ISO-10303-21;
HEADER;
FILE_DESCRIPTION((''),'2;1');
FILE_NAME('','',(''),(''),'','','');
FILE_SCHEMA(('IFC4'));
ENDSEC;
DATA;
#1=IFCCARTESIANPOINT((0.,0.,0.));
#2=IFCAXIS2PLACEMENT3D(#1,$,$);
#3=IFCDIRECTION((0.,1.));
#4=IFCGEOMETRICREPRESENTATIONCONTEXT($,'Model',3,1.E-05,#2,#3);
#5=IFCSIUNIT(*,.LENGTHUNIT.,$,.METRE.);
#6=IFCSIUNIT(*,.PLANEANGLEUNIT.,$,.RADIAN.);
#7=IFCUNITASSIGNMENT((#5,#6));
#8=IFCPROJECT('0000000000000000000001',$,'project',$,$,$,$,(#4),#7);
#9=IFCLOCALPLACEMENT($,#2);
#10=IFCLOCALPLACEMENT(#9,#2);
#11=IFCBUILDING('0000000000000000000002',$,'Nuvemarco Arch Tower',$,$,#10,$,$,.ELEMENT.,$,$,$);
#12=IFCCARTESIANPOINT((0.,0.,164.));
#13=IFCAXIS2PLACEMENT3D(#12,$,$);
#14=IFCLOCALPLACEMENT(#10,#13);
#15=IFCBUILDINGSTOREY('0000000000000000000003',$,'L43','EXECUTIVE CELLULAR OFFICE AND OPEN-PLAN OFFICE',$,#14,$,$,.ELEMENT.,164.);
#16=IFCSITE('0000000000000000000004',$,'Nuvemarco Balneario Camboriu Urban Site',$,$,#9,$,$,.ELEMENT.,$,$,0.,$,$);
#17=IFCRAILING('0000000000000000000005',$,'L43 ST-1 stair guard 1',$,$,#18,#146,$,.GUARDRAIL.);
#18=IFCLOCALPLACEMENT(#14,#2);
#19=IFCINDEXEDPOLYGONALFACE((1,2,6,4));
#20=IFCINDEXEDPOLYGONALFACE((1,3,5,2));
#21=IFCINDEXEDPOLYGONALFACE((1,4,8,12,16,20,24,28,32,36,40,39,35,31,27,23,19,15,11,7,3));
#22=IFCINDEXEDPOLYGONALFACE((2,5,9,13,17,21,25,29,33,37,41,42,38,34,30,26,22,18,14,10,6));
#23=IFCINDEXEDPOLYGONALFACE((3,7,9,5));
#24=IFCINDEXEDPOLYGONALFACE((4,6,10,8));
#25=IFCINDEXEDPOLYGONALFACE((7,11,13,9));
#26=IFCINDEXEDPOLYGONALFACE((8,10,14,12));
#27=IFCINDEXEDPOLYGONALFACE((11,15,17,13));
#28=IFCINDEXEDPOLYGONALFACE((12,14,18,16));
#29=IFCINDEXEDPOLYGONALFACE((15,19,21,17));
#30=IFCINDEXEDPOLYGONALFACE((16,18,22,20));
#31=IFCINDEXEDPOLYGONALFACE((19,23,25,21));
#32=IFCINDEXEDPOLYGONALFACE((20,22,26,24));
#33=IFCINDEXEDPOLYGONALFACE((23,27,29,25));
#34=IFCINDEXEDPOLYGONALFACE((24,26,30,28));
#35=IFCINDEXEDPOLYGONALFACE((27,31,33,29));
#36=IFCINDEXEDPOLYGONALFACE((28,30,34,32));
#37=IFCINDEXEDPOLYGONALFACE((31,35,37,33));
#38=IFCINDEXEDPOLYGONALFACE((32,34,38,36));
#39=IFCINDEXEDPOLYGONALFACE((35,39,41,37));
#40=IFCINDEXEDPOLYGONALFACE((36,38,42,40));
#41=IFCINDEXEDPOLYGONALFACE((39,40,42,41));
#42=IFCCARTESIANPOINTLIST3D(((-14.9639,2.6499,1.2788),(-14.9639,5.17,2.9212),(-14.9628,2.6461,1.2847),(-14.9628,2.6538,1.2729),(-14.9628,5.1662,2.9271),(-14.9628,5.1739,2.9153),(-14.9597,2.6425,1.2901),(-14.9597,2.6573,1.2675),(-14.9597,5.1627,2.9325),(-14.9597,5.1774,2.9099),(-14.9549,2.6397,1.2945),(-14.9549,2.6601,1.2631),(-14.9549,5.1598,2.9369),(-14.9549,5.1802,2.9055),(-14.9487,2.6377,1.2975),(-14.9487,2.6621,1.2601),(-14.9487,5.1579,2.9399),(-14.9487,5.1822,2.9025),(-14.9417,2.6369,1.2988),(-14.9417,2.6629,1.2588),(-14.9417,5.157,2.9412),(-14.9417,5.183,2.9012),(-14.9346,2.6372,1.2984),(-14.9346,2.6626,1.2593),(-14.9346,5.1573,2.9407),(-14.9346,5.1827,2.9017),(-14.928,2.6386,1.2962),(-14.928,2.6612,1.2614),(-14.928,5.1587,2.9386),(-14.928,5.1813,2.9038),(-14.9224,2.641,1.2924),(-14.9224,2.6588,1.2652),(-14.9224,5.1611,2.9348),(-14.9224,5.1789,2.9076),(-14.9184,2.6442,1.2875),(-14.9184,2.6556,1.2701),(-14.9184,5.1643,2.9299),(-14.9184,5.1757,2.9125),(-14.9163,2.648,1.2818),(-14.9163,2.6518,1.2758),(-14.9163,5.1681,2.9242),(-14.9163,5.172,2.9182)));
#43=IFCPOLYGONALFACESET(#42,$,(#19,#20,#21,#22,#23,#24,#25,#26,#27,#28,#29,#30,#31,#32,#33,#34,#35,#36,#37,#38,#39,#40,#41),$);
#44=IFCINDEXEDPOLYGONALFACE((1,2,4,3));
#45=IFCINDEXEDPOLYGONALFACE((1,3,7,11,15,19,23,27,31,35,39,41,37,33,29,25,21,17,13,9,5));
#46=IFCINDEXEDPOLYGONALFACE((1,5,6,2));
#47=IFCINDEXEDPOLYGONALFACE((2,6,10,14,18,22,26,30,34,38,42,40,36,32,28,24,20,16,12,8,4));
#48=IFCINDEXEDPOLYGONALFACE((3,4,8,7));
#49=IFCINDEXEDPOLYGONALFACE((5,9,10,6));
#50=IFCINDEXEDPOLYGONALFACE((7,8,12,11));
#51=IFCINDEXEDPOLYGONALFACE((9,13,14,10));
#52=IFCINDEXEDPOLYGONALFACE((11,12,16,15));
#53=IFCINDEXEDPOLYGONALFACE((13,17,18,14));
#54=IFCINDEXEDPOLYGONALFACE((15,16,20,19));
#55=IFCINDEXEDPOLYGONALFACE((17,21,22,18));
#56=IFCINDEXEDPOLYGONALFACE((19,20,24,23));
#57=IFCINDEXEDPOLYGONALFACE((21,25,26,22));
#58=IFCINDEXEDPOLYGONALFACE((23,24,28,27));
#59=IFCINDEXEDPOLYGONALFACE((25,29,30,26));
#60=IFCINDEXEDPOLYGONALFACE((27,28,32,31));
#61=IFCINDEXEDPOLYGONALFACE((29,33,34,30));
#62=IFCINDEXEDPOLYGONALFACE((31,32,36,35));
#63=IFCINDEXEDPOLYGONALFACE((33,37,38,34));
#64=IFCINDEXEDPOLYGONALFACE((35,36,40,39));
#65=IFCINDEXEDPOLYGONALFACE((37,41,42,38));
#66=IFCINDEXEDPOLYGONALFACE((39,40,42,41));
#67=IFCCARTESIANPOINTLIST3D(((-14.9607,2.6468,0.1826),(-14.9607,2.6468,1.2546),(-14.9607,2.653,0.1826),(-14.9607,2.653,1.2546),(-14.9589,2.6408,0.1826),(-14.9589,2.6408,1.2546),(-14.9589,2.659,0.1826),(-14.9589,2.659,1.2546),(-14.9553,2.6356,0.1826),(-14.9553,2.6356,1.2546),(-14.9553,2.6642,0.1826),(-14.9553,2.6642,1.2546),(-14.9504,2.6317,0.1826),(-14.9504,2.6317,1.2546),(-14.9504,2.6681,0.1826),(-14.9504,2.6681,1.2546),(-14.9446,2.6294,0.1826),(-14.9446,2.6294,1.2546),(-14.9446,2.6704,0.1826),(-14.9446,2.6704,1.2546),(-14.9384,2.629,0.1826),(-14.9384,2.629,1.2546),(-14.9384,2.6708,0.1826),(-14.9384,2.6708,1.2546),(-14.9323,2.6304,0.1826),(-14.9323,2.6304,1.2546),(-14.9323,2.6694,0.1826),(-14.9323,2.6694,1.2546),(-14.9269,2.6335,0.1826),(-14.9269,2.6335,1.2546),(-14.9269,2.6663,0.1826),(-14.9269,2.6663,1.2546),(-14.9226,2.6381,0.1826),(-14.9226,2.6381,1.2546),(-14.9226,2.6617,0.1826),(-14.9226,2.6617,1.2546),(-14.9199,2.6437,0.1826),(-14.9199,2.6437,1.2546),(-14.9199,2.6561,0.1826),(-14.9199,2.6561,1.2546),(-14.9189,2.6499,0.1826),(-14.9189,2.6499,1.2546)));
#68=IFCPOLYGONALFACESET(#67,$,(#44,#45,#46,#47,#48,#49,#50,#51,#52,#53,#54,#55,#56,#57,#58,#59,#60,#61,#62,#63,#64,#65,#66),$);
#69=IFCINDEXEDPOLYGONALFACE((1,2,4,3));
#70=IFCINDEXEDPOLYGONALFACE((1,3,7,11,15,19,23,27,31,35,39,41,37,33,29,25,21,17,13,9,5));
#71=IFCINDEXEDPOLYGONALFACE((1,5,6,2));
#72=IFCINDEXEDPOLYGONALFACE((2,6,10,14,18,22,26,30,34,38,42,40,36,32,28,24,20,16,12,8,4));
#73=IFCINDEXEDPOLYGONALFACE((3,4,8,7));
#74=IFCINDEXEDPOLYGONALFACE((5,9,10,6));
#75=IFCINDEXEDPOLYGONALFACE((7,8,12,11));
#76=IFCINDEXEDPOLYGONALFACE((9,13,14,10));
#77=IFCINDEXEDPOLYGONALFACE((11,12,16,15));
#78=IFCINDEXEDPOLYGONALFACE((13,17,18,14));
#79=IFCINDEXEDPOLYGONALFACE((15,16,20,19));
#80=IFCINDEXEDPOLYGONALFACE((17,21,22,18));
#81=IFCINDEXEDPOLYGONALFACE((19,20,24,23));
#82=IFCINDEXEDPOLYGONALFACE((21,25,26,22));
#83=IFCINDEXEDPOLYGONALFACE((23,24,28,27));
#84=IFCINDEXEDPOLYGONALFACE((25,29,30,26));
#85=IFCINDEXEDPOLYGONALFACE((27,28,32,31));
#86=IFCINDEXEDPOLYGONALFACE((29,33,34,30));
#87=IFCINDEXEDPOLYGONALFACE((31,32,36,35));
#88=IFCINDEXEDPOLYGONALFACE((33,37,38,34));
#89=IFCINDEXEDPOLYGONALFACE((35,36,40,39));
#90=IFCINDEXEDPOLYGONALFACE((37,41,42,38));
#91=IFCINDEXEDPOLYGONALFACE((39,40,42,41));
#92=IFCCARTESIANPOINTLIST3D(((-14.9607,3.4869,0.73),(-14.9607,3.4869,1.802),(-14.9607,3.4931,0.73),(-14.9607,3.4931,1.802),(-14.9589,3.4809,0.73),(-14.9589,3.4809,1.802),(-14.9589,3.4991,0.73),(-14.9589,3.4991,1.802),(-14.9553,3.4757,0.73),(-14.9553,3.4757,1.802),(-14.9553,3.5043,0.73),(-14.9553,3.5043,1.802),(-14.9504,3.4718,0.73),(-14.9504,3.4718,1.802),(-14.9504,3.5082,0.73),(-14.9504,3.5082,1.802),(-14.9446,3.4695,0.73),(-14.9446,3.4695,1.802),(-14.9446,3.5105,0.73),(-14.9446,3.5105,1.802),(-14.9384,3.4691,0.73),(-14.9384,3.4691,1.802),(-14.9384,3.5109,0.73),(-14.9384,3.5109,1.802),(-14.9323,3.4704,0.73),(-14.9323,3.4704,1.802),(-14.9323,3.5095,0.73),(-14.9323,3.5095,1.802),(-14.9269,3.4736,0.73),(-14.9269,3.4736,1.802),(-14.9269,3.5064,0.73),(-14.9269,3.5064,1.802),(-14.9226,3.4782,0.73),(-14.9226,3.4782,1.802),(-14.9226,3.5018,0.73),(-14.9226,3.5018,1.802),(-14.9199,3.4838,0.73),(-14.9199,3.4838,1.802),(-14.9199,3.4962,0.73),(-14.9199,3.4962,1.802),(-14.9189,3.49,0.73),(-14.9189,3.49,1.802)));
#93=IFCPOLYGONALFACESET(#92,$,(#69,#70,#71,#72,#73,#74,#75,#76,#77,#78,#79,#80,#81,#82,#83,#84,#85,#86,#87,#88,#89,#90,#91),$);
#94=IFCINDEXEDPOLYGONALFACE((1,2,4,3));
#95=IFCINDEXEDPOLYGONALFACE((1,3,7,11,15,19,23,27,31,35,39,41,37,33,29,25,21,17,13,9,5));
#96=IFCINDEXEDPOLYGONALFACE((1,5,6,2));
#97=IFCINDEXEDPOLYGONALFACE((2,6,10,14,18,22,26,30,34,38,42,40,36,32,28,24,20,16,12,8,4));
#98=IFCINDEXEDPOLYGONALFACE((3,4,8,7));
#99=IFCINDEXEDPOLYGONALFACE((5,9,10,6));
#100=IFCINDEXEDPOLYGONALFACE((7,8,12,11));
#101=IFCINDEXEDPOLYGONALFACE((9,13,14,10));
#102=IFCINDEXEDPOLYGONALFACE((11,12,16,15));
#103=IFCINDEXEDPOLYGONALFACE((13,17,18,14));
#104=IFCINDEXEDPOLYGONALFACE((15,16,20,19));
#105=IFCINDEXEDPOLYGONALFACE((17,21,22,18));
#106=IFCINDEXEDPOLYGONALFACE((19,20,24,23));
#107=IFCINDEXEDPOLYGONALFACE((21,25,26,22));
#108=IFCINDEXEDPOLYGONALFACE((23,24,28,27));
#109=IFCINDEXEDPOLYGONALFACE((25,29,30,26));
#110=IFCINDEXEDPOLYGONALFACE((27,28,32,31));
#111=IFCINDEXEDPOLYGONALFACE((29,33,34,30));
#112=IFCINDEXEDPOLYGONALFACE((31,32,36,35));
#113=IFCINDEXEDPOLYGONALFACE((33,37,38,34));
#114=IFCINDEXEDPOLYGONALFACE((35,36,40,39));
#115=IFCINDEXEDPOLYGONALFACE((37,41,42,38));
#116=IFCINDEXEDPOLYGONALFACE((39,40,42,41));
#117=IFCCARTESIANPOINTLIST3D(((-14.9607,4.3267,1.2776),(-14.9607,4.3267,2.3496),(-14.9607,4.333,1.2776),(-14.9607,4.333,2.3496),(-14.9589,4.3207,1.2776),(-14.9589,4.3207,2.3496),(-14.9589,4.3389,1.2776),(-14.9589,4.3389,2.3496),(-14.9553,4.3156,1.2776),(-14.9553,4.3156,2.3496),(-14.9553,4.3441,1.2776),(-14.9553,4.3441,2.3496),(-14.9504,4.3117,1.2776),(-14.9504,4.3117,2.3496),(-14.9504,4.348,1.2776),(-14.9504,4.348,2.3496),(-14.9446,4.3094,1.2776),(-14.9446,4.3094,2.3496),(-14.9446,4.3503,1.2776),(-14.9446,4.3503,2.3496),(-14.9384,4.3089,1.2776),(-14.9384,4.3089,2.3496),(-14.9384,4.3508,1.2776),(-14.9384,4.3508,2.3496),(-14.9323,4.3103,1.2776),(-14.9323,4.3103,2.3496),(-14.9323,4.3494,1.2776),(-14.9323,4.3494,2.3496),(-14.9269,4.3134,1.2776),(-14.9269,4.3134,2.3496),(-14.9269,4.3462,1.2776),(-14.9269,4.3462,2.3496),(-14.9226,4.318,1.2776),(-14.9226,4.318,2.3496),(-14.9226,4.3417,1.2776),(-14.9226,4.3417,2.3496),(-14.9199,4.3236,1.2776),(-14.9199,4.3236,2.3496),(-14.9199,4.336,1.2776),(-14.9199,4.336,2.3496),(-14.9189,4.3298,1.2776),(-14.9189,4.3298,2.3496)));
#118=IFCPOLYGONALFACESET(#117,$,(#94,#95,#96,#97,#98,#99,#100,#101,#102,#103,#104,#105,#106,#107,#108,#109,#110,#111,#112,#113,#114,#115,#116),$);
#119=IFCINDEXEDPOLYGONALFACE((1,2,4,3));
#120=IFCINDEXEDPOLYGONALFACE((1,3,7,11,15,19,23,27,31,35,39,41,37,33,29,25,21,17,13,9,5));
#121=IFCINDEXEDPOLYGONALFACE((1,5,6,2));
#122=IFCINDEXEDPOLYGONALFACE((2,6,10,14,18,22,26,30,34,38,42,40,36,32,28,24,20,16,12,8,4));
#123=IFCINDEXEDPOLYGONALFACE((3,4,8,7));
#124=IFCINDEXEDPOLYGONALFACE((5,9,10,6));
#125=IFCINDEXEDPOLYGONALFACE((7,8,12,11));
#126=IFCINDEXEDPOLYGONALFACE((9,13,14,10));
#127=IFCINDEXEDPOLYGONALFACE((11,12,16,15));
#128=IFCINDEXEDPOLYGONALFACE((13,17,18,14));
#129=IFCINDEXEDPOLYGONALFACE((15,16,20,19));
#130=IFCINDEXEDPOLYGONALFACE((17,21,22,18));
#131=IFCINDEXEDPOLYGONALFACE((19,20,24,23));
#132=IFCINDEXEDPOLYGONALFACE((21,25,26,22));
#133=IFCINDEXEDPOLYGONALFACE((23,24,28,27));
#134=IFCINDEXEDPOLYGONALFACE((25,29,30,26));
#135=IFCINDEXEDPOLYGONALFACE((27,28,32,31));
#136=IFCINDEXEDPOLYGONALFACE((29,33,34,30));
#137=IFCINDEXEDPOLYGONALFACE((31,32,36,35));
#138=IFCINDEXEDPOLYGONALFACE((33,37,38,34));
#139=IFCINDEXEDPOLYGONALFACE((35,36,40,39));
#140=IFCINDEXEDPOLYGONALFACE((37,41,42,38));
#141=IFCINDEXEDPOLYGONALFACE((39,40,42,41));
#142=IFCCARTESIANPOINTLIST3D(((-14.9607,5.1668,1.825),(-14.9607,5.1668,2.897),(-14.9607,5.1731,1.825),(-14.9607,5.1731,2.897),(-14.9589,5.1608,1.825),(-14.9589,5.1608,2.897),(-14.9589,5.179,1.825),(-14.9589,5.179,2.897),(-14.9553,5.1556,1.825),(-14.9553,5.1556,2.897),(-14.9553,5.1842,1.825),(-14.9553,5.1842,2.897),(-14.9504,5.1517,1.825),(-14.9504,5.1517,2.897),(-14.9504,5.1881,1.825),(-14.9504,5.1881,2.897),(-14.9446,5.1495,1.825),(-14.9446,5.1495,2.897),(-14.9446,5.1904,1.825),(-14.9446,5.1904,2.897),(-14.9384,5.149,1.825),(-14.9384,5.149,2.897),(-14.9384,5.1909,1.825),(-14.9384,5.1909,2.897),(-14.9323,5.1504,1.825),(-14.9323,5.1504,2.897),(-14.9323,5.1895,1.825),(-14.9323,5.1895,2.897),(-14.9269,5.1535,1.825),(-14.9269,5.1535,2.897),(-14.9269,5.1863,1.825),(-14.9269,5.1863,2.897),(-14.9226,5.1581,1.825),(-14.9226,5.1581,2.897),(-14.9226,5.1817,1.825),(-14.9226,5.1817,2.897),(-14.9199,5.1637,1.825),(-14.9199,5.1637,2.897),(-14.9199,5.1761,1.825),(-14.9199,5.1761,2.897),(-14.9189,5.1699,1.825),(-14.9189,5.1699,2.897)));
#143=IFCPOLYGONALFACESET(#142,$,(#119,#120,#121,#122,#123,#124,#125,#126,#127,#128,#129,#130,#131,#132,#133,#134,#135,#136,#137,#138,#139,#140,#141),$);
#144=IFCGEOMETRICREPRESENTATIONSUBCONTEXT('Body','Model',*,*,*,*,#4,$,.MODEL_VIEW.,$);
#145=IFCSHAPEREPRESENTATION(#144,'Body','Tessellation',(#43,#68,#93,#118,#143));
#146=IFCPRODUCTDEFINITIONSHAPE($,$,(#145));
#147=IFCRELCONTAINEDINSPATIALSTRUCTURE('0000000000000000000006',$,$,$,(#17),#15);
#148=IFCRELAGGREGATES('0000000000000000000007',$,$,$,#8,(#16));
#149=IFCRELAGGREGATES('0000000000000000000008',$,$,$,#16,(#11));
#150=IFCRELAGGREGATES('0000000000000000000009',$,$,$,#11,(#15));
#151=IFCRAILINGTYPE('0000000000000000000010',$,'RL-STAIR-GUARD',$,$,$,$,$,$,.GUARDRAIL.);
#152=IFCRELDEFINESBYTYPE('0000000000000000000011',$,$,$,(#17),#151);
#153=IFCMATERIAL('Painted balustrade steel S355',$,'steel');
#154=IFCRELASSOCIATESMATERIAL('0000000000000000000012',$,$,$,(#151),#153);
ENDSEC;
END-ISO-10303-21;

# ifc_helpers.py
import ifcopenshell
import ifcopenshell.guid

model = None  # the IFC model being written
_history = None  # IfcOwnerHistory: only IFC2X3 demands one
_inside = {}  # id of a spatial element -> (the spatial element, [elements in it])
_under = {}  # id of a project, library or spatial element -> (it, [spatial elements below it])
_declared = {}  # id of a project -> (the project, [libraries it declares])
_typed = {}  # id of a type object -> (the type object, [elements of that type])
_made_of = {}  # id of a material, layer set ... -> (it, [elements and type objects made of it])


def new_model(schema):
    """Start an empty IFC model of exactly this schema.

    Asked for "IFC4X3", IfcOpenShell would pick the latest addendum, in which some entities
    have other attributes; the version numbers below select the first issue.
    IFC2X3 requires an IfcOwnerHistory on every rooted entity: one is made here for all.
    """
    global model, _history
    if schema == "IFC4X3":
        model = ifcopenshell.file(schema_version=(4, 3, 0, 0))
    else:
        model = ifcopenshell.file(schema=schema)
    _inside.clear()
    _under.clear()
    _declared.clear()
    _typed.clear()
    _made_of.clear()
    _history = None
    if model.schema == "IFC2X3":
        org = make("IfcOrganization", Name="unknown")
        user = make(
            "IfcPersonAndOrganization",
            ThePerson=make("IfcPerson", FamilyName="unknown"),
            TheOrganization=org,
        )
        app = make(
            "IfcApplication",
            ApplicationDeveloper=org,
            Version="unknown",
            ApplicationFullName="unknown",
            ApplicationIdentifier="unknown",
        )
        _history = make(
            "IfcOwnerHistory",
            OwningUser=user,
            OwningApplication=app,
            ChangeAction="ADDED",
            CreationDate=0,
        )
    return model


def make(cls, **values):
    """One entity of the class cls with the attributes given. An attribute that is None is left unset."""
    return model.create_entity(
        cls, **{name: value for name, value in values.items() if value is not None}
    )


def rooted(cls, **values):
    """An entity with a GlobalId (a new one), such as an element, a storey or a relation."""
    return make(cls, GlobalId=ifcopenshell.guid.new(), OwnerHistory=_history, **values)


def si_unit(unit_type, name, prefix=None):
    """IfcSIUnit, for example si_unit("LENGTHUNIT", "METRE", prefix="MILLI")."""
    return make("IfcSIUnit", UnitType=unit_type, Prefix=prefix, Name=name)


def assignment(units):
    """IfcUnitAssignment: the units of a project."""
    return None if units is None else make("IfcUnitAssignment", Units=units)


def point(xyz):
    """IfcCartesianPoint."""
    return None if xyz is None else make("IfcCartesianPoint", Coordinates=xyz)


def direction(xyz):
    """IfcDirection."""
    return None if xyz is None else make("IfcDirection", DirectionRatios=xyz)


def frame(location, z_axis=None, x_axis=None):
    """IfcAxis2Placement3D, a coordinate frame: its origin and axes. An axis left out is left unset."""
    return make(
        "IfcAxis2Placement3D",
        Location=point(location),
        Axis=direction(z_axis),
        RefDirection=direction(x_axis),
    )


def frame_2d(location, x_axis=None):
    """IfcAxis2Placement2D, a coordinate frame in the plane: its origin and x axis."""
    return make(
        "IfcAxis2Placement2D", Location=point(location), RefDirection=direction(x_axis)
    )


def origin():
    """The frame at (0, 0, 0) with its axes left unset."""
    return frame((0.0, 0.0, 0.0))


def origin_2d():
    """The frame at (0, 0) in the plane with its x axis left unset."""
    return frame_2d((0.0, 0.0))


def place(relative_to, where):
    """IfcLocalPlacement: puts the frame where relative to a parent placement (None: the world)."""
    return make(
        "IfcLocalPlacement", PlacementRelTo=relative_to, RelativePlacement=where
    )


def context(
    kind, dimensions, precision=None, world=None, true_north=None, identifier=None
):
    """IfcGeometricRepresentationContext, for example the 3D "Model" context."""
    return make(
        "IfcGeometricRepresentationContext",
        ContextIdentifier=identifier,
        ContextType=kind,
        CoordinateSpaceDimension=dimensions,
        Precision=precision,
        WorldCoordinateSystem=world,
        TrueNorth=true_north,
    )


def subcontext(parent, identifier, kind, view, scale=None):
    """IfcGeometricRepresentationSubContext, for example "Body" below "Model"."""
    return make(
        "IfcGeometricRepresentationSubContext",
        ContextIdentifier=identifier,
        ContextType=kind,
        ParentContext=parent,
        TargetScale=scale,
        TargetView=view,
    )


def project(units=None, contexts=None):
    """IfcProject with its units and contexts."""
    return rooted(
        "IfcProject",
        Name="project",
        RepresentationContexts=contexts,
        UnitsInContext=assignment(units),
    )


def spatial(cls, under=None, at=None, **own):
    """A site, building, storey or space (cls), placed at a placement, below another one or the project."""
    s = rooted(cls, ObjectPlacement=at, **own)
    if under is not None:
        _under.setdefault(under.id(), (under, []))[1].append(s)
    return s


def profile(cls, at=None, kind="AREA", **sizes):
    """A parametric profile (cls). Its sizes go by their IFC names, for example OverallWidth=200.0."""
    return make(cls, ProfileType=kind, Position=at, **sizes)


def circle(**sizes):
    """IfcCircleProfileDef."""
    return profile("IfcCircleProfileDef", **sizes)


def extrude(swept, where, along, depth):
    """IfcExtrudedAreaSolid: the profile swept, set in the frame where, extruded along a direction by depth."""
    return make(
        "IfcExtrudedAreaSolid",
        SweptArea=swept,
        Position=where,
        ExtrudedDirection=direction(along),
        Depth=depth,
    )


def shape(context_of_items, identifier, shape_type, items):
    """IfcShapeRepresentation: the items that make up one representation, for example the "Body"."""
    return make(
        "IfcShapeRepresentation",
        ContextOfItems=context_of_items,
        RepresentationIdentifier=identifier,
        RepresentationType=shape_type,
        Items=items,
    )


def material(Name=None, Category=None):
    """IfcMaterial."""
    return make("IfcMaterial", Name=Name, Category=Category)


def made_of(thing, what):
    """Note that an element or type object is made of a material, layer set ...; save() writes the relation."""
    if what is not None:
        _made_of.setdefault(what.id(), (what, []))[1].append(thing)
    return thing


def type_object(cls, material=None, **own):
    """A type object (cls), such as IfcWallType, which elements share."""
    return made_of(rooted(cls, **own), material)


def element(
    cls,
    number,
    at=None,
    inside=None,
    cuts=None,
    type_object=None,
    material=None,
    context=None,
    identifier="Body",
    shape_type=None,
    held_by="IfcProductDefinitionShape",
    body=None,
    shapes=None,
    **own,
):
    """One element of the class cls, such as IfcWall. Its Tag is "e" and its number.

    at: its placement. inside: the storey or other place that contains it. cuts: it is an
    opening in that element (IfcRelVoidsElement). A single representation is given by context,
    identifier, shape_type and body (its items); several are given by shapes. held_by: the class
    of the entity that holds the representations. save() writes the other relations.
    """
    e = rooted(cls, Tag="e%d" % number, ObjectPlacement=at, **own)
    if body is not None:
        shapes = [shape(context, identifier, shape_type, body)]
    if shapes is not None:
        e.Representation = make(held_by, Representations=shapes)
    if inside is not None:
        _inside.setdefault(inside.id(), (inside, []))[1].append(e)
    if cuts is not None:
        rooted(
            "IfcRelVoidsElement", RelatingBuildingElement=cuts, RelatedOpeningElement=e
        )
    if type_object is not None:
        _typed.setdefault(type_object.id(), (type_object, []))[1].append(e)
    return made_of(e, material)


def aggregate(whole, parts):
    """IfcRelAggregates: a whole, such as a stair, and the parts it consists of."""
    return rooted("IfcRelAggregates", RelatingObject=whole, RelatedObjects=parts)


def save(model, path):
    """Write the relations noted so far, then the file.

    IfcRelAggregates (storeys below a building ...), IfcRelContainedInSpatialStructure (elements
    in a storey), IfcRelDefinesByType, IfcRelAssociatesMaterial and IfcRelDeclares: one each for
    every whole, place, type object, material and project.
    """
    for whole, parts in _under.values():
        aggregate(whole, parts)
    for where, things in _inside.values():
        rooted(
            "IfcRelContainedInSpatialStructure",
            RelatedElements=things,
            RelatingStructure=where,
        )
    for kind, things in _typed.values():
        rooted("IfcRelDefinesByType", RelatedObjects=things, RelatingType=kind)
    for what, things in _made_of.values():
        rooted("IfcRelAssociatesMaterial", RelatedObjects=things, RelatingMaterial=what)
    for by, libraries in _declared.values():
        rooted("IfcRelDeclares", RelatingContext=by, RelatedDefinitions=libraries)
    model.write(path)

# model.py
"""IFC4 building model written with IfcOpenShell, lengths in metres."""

from ifc_helpers import new_model, si_unit, direction, frame, origin, origin_2d, place, context, subcontext, project, spatial, circle, extrude, material, type_object, element, save


model = new_model("IFC4")

# Units and contexts
model_context = context("Model", 3, precision=1e-05, world=origin(), true_north=direction((0.0, 1.0)))
body_context = subcontext(model_context, "Body", "Model", "MODEL_VIEW")
ifc_project = project(units=[si_unit("LENGTHUNIT", "METRE"), si_unit("PLANEANGLEUNIT", "RADIAN")], contexts=[model_context])

# Site, building, storey
site_placement = place(None, origin())
site = spatial("IfcSite", under=ifc_project, at=site_placement, Name="Nuvemarco Balneario Camboriu Urban Site", CompositionType="ELEMENT", RefElevation=0.0)
building_placement = place(site_placement, origin())
building = spatial("IfcBuilding", under=site, at=building_placement, Name="Nuvemarco Arch Tower", CompositionType="ELEMENT")
storey_placement = place(building_placement, frame((0.0, 0.0, 164.0)))
storey = spatial("IfcBuildingStorey", under=building, at=storey_placement, Name="L43", Description="EXECUTIVE CELLULAR OFFICE AND OPEN-PLAN OFFICE", CompositionType="ELEMENT", Elevation=164.0)

# Railing
ifc_material_1 = material(Name="Painted balustrade steel S355", Category="steel")
railing_type_1 = type_object("IfcRailingType", Name="RL-STAIR-GUARD", PredefinedType="GUARDRAIL", material=ifc_material_1)
railing_1_placement = place(storey_placement, frame((-14.9399, 2.6499, 0.1826)))
element("IfcRailing", 1, at=railing_1_placement, inside=storey, type_object=railing_type_1, Name="L43 ST-1 stair guard 1", PredefinedType="GUARDRAIL", context=body_context, shape_type="SweptSolid", body=[
    extrude(circle(Radius=0.0239, at=origin_2d()), frame((0.0, 0.0, 1.0962), z_axis=(0.0, 0.837787, 0.545998), x_axis=(-1.0, 0.0, 0.0)), (0.0, 0.0, 1.0), 3.0081),
    extrude(circle(Radius=0.021, at=origin_2d()), origin(), (0.0, 0.0, 1.0), 1.072),
    extrude(circle(Radius=0.021, at=origin_2d()), frame((0.0, 0.8401, 0.5474)), (0.0, 0.0, 1.0), 1.072),
    extrude(circle(Radius=0.021, at=origin_2d()), frame((0.0, 1.6799, 1.095)), (0.0, 0.0, 1.0), 1.072),
    extrude(circle(Radius=0.021, at=origin_2d()), frame((0.0, 2.52, 1.6423)), (0.0, 0.0, 1.0), 1.072),
])

save(model, "model.ifc")
